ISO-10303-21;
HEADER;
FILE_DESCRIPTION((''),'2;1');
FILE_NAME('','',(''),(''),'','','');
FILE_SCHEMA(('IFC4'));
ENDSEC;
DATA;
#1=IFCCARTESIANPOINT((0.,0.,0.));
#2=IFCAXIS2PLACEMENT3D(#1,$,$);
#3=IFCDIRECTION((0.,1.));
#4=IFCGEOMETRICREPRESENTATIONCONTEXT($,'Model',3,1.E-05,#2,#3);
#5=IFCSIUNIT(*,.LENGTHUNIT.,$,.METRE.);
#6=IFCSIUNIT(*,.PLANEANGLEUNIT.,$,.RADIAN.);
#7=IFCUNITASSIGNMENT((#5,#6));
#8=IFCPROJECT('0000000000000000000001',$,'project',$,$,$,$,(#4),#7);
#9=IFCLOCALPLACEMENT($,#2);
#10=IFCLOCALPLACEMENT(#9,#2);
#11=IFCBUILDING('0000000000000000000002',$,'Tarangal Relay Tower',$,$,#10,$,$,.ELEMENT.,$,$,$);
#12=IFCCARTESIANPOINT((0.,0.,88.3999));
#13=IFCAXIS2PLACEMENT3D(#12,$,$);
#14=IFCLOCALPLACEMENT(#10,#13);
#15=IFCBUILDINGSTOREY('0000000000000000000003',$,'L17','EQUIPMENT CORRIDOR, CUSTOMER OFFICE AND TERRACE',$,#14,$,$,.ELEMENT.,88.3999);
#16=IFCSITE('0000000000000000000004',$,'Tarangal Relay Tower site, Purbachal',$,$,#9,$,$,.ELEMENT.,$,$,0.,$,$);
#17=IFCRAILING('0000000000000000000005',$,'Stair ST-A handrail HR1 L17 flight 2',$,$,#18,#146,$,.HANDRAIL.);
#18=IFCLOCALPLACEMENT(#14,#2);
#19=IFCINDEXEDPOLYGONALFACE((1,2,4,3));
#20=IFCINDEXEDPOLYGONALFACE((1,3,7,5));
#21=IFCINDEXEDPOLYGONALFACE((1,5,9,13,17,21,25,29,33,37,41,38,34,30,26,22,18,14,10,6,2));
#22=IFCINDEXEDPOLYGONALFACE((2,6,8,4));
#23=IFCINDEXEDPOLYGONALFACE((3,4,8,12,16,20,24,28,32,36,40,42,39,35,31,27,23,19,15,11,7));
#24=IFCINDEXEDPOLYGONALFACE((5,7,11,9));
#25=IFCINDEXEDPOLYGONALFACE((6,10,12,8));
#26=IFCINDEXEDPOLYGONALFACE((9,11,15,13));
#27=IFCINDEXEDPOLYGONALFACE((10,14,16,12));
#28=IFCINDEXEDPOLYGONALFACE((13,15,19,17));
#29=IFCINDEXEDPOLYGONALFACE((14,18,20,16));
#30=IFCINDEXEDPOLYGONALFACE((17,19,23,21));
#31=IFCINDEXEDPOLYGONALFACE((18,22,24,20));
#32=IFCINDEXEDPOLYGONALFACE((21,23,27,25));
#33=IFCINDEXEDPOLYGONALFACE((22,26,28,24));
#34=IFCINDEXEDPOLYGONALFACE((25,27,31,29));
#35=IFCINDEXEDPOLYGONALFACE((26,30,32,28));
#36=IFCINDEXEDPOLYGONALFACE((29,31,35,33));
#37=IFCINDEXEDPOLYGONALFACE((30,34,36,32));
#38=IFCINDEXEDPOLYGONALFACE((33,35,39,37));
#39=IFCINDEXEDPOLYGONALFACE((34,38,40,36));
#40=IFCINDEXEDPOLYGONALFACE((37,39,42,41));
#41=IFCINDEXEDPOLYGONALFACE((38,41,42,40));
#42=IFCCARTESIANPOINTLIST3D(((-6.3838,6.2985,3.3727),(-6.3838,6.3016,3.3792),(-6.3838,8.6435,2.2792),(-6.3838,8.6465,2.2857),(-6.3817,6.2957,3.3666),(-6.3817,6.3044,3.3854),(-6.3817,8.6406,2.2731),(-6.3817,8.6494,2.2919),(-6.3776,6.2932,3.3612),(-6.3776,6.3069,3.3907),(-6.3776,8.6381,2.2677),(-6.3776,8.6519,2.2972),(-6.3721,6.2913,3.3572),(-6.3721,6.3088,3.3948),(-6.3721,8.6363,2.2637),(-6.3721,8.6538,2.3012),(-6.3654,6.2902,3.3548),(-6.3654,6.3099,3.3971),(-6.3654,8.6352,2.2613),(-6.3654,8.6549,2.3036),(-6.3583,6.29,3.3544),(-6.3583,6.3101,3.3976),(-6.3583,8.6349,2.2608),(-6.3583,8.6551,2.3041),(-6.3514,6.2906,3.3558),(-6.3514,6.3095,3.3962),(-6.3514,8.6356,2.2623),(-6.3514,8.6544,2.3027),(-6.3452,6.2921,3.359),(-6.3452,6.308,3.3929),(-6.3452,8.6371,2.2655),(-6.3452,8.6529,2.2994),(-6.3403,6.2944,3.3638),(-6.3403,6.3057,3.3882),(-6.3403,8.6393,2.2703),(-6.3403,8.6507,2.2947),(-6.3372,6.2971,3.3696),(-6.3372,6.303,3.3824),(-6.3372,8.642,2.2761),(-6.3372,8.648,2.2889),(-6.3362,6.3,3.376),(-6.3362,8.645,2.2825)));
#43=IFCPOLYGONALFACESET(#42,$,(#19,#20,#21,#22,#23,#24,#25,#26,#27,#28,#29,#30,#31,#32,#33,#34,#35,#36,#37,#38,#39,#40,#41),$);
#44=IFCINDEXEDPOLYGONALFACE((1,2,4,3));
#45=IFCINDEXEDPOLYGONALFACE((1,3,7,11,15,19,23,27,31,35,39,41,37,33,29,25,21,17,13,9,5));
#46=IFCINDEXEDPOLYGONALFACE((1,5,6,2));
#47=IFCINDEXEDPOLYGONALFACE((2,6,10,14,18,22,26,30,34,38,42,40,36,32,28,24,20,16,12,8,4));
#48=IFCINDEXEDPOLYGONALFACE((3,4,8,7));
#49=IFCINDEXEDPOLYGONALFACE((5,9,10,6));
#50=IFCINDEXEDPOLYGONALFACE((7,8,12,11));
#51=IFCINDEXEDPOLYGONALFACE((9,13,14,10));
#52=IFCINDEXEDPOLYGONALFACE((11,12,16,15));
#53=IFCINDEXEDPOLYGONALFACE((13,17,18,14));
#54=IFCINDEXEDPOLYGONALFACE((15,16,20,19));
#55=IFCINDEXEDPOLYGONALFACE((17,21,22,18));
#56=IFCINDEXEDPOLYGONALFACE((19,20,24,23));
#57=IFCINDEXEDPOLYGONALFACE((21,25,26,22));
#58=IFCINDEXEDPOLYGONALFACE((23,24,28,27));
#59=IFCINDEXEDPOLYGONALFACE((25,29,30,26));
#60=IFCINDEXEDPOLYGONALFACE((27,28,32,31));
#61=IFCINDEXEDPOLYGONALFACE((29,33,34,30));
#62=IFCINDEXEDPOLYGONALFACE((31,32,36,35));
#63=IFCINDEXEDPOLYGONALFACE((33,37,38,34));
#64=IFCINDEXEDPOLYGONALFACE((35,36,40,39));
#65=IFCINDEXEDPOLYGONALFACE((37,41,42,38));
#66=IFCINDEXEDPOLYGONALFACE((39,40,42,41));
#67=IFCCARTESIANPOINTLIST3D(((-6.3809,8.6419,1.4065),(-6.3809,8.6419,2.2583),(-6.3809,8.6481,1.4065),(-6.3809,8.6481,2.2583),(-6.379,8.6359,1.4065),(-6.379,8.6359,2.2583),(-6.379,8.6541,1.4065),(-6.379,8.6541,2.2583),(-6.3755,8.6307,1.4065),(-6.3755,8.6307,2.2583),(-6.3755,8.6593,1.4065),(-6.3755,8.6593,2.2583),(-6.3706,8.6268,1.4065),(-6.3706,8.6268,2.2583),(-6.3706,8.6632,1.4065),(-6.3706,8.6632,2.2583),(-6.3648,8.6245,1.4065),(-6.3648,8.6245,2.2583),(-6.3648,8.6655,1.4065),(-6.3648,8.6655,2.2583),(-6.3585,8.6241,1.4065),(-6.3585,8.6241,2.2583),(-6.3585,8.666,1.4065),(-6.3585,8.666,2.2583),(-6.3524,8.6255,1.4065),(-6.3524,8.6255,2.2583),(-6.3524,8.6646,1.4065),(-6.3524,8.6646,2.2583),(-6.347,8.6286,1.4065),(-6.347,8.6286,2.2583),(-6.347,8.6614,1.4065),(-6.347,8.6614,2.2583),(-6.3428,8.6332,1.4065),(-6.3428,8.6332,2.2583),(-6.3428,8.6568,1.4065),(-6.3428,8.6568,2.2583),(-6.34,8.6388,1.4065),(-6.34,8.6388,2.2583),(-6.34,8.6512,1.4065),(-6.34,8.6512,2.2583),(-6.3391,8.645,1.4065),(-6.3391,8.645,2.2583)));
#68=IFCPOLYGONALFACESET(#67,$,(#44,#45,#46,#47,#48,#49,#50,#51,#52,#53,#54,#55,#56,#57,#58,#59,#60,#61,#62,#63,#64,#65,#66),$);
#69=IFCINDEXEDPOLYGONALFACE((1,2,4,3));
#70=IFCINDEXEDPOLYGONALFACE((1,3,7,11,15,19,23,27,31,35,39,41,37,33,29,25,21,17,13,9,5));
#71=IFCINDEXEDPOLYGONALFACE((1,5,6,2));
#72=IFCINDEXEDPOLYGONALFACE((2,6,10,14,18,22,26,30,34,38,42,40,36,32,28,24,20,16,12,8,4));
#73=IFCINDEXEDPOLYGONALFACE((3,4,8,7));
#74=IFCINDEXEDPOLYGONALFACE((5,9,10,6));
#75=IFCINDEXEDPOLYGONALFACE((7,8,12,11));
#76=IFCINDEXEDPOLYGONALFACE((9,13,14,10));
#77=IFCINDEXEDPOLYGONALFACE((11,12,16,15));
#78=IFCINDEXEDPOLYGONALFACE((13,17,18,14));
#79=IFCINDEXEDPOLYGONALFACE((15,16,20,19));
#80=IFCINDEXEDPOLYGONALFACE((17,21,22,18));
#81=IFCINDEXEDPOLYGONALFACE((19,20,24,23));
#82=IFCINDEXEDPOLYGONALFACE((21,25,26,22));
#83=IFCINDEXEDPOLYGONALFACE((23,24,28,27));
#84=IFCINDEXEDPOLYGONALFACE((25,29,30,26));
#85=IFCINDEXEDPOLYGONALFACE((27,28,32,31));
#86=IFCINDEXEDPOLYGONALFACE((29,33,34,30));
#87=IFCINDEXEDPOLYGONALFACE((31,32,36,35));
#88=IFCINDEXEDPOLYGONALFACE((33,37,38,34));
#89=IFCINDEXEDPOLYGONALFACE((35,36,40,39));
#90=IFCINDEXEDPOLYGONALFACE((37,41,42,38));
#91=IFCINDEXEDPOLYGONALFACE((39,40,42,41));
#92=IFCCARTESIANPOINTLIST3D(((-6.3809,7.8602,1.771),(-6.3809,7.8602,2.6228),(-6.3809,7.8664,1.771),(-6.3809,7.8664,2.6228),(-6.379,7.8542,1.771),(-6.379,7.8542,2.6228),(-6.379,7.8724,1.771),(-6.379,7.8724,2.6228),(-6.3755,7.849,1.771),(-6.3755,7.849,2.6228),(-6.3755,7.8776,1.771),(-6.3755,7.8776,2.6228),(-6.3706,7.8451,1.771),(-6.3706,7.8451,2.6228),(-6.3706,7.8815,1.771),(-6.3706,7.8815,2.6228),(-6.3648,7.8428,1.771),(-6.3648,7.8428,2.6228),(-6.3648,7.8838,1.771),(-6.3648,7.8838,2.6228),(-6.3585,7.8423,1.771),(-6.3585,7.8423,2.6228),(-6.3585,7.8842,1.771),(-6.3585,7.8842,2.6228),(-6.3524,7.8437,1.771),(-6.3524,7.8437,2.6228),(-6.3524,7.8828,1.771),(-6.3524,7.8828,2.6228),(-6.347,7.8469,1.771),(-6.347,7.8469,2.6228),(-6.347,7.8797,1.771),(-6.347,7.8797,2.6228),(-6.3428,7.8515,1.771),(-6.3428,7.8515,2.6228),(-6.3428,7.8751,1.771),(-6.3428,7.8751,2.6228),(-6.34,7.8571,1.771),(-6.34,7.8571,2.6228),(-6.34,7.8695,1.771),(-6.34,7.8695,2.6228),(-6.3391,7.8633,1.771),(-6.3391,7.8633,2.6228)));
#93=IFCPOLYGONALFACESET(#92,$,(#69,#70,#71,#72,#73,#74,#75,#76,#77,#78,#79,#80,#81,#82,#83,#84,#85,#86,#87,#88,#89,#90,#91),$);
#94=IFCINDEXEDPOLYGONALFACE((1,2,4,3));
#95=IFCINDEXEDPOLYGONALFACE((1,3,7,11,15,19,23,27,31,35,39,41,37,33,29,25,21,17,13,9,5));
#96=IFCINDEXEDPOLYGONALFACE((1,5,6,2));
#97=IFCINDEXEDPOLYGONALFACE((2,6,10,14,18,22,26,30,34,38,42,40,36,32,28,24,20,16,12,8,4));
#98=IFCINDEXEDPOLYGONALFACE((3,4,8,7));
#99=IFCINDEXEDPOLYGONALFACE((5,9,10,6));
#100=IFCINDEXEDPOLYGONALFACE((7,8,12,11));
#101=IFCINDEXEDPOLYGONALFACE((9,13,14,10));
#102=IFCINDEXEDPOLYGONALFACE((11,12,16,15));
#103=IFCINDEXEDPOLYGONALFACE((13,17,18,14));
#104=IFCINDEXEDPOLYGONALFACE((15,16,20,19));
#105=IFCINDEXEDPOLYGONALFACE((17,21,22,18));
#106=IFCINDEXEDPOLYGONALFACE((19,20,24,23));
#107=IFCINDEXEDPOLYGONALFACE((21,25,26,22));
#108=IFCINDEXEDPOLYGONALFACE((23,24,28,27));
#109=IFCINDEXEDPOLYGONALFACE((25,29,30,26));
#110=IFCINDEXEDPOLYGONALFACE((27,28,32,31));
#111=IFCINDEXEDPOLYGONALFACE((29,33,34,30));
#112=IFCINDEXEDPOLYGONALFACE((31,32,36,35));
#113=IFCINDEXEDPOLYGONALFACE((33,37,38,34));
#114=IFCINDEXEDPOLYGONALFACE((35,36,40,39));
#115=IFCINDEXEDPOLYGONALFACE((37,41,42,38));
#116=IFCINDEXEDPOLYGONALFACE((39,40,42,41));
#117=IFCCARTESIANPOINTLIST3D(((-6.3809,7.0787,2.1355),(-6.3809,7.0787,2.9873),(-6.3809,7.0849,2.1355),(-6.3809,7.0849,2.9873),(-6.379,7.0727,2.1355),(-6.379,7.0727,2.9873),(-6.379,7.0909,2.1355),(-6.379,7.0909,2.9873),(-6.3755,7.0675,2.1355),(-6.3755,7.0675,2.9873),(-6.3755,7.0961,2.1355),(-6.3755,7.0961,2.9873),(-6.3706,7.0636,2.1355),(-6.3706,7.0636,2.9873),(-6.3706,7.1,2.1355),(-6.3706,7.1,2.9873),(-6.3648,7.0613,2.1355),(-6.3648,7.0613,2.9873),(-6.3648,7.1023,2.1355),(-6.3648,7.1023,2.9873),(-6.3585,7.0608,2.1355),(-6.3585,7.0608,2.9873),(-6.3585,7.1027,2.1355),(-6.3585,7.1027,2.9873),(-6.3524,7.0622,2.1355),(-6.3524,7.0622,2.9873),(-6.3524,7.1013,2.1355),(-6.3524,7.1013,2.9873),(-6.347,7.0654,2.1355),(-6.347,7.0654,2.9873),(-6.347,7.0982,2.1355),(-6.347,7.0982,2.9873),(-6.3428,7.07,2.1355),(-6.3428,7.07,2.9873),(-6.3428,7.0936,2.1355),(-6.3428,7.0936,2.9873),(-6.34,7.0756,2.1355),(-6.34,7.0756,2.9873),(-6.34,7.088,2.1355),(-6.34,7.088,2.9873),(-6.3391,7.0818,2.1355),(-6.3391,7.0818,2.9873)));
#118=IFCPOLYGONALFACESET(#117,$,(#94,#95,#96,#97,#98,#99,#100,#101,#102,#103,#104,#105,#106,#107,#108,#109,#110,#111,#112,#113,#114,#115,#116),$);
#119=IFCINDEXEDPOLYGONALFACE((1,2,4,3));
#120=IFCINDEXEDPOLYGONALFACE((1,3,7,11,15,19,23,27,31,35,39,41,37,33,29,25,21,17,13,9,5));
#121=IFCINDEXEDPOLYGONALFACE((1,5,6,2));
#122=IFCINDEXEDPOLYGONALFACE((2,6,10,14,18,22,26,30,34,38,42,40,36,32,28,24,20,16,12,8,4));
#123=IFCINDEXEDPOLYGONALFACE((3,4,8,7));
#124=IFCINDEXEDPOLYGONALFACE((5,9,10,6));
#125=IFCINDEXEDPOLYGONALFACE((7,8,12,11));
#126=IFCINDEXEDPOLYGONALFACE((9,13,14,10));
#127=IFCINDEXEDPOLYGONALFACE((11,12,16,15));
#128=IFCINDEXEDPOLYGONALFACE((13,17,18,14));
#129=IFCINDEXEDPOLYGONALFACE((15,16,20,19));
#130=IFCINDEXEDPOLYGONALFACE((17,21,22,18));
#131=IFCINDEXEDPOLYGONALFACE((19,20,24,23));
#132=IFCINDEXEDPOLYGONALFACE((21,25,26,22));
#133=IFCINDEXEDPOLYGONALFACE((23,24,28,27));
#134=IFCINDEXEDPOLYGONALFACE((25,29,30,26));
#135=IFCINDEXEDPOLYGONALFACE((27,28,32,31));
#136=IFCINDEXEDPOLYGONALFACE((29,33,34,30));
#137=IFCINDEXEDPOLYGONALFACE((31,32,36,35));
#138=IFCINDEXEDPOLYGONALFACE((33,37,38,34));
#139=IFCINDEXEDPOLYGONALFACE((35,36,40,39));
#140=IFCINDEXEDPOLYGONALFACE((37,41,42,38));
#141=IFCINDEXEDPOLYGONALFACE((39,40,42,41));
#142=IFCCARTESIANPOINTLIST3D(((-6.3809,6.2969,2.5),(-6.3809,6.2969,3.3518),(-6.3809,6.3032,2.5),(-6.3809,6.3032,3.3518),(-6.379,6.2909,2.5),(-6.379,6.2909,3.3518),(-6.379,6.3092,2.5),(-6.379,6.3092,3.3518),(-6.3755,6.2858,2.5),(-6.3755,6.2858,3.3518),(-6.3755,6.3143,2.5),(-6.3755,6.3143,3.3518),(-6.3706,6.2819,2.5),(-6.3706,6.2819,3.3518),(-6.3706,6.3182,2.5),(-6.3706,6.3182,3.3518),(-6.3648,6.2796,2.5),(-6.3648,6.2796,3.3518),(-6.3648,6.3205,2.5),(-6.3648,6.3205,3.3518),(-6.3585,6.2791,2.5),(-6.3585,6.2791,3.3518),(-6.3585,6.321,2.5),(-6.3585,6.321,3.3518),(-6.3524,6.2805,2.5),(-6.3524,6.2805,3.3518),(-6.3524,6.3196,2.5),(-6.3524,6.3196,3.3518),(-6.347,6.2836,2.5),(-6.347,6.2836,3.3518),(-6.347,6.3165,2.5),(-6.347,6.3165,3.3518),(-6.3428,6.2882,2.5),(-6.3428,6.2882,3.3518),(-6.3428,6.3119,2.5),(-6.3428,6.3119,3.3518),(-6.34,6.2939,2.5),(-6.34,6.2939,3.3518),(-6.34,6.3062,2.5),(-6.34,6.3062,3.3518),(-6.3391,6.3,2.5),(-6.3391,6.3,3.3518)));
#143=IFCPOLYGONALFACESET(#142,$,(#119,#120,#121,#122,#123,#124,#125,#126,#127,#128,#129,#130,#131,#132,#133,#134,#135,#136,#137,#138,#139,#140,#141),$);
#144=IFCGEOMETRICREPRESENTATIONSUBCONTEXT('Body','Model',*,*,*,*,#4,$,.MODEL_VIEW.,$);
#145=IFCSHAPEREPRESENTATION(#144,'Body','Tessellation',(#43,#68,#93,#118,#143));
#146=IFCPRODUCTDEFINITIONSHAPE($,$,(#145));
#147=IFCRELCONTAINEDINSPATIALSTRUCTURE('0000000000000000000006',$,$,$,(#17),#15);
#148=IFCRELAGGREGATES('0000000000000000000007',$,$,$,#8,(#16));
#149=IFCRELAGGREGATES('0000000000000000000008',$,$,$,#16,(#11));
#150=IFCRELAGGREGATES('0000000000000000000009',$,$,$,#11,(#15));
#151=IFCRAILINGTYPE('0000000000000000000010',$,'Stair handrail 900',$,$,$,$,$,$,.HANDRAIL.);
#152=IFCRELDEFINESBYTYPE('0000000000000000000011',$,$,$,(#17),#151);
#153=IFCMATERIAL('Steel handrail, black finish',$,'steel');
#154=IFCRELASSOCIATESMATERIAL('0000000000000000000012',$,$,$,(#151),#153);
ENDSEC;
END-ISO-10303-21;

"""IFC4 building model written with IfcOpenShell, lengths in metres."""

from ifc_helpers import new_model, si_unit, direction, frame, origin, origin_2d, place, context, subcontext, project, spatial, circle, extrude, material, type_object, element, save


model = new_model("IFC4")

# Units and contexts
model_context = context("Model", 3, precision=1e-05, world=origin(), true_north=direction((0.0, 1.0)))
body_context = subcontext(model_context, "Body", "Model", "MODEL_VIEW")
ifc_project = project(units=[si_unit("LENGTHUNIT", "METRE"), si_unit("PLANEANGLEUNIT", "RADIAN")], contexts=[model_context])

# Site, building, storey
site_placement = place(None, origin())
site = spatial("IfcSite", under=ifc_project, at=site_placement, Name="Tarangal Relay Tower site, Purbachal", CompositionType="ELEMENT", RefElevation=0.0)
building_placement = place(site_placement, origin())
building = spatial("IfcBuilding", under=site, at=building_placement, Name="Tarangal Relay Tower", CompositionType="ELEMENT")
storey_placement = place(building_placement, frame((0.0, 0.0, 88.3999)))
storey = spatial("IfcBuildingStorey", under=building, at=storey_placement, Name="L17", Description="EQUIPMENT CORRIDOR, CUSTOMER OFFICE AND TERRACE", CompositionType="ELEMENT", Elevation=88.3999)

# Railing
ifc_material_1 = material(Name="Steel handrail, black finish", Category="steel")
railing_type_1 = type_object("IfcRailingType", Name="Stair handrail 900", PredefinedType="HANDRAIL", material=ifc_material_1)
for number, where, name in (
    (1, (-6.3601, 8.645, 1.4065), "Stair ST-A handrail HR1 L17 flight 2"),
):
    element("IfcRailing", number, at=place(storey_placement, frame(where)), inside=storey, type_object=railing_type_1, Name=name, PredefinedType="HANDRAIL", context=body_context, shape_type="SweptSolid", body=[
        extrude(circle(Radius=0.0239, at=origin_2d()), frame((0.0, 0.0, 0.876), z_axis=(0.0, -0.906304, 0.422627), x_axis=(1.0, 0.0, 0.0)), (0.0, 0.0, 1.0), 2.5874),
        extrude(circle(Radius=0.021, at=origin_2d()), origin(), (0.0, 0.0, 1.0), 0.8518),
        extrude(circle(Radius=0.021, at=origin_2d()), frame((0.0, -0.7817, 0.3645)), (0.0, 0.0, 1.0), 0.8518),
        extrude(circle(Radius=0.021, at=origin_2d()), frame((0.0, -1.5632, 0.729)), (0.0, 0.0, 1.0), 0.8518),
        extrude(circle(Radius=0.021, at=origin_2d()), frame((0.0, -2.345, 1.0935)), (0.0, 0.0, 1.0), 0.8518),
    ])

save(model, "model.ifc")
